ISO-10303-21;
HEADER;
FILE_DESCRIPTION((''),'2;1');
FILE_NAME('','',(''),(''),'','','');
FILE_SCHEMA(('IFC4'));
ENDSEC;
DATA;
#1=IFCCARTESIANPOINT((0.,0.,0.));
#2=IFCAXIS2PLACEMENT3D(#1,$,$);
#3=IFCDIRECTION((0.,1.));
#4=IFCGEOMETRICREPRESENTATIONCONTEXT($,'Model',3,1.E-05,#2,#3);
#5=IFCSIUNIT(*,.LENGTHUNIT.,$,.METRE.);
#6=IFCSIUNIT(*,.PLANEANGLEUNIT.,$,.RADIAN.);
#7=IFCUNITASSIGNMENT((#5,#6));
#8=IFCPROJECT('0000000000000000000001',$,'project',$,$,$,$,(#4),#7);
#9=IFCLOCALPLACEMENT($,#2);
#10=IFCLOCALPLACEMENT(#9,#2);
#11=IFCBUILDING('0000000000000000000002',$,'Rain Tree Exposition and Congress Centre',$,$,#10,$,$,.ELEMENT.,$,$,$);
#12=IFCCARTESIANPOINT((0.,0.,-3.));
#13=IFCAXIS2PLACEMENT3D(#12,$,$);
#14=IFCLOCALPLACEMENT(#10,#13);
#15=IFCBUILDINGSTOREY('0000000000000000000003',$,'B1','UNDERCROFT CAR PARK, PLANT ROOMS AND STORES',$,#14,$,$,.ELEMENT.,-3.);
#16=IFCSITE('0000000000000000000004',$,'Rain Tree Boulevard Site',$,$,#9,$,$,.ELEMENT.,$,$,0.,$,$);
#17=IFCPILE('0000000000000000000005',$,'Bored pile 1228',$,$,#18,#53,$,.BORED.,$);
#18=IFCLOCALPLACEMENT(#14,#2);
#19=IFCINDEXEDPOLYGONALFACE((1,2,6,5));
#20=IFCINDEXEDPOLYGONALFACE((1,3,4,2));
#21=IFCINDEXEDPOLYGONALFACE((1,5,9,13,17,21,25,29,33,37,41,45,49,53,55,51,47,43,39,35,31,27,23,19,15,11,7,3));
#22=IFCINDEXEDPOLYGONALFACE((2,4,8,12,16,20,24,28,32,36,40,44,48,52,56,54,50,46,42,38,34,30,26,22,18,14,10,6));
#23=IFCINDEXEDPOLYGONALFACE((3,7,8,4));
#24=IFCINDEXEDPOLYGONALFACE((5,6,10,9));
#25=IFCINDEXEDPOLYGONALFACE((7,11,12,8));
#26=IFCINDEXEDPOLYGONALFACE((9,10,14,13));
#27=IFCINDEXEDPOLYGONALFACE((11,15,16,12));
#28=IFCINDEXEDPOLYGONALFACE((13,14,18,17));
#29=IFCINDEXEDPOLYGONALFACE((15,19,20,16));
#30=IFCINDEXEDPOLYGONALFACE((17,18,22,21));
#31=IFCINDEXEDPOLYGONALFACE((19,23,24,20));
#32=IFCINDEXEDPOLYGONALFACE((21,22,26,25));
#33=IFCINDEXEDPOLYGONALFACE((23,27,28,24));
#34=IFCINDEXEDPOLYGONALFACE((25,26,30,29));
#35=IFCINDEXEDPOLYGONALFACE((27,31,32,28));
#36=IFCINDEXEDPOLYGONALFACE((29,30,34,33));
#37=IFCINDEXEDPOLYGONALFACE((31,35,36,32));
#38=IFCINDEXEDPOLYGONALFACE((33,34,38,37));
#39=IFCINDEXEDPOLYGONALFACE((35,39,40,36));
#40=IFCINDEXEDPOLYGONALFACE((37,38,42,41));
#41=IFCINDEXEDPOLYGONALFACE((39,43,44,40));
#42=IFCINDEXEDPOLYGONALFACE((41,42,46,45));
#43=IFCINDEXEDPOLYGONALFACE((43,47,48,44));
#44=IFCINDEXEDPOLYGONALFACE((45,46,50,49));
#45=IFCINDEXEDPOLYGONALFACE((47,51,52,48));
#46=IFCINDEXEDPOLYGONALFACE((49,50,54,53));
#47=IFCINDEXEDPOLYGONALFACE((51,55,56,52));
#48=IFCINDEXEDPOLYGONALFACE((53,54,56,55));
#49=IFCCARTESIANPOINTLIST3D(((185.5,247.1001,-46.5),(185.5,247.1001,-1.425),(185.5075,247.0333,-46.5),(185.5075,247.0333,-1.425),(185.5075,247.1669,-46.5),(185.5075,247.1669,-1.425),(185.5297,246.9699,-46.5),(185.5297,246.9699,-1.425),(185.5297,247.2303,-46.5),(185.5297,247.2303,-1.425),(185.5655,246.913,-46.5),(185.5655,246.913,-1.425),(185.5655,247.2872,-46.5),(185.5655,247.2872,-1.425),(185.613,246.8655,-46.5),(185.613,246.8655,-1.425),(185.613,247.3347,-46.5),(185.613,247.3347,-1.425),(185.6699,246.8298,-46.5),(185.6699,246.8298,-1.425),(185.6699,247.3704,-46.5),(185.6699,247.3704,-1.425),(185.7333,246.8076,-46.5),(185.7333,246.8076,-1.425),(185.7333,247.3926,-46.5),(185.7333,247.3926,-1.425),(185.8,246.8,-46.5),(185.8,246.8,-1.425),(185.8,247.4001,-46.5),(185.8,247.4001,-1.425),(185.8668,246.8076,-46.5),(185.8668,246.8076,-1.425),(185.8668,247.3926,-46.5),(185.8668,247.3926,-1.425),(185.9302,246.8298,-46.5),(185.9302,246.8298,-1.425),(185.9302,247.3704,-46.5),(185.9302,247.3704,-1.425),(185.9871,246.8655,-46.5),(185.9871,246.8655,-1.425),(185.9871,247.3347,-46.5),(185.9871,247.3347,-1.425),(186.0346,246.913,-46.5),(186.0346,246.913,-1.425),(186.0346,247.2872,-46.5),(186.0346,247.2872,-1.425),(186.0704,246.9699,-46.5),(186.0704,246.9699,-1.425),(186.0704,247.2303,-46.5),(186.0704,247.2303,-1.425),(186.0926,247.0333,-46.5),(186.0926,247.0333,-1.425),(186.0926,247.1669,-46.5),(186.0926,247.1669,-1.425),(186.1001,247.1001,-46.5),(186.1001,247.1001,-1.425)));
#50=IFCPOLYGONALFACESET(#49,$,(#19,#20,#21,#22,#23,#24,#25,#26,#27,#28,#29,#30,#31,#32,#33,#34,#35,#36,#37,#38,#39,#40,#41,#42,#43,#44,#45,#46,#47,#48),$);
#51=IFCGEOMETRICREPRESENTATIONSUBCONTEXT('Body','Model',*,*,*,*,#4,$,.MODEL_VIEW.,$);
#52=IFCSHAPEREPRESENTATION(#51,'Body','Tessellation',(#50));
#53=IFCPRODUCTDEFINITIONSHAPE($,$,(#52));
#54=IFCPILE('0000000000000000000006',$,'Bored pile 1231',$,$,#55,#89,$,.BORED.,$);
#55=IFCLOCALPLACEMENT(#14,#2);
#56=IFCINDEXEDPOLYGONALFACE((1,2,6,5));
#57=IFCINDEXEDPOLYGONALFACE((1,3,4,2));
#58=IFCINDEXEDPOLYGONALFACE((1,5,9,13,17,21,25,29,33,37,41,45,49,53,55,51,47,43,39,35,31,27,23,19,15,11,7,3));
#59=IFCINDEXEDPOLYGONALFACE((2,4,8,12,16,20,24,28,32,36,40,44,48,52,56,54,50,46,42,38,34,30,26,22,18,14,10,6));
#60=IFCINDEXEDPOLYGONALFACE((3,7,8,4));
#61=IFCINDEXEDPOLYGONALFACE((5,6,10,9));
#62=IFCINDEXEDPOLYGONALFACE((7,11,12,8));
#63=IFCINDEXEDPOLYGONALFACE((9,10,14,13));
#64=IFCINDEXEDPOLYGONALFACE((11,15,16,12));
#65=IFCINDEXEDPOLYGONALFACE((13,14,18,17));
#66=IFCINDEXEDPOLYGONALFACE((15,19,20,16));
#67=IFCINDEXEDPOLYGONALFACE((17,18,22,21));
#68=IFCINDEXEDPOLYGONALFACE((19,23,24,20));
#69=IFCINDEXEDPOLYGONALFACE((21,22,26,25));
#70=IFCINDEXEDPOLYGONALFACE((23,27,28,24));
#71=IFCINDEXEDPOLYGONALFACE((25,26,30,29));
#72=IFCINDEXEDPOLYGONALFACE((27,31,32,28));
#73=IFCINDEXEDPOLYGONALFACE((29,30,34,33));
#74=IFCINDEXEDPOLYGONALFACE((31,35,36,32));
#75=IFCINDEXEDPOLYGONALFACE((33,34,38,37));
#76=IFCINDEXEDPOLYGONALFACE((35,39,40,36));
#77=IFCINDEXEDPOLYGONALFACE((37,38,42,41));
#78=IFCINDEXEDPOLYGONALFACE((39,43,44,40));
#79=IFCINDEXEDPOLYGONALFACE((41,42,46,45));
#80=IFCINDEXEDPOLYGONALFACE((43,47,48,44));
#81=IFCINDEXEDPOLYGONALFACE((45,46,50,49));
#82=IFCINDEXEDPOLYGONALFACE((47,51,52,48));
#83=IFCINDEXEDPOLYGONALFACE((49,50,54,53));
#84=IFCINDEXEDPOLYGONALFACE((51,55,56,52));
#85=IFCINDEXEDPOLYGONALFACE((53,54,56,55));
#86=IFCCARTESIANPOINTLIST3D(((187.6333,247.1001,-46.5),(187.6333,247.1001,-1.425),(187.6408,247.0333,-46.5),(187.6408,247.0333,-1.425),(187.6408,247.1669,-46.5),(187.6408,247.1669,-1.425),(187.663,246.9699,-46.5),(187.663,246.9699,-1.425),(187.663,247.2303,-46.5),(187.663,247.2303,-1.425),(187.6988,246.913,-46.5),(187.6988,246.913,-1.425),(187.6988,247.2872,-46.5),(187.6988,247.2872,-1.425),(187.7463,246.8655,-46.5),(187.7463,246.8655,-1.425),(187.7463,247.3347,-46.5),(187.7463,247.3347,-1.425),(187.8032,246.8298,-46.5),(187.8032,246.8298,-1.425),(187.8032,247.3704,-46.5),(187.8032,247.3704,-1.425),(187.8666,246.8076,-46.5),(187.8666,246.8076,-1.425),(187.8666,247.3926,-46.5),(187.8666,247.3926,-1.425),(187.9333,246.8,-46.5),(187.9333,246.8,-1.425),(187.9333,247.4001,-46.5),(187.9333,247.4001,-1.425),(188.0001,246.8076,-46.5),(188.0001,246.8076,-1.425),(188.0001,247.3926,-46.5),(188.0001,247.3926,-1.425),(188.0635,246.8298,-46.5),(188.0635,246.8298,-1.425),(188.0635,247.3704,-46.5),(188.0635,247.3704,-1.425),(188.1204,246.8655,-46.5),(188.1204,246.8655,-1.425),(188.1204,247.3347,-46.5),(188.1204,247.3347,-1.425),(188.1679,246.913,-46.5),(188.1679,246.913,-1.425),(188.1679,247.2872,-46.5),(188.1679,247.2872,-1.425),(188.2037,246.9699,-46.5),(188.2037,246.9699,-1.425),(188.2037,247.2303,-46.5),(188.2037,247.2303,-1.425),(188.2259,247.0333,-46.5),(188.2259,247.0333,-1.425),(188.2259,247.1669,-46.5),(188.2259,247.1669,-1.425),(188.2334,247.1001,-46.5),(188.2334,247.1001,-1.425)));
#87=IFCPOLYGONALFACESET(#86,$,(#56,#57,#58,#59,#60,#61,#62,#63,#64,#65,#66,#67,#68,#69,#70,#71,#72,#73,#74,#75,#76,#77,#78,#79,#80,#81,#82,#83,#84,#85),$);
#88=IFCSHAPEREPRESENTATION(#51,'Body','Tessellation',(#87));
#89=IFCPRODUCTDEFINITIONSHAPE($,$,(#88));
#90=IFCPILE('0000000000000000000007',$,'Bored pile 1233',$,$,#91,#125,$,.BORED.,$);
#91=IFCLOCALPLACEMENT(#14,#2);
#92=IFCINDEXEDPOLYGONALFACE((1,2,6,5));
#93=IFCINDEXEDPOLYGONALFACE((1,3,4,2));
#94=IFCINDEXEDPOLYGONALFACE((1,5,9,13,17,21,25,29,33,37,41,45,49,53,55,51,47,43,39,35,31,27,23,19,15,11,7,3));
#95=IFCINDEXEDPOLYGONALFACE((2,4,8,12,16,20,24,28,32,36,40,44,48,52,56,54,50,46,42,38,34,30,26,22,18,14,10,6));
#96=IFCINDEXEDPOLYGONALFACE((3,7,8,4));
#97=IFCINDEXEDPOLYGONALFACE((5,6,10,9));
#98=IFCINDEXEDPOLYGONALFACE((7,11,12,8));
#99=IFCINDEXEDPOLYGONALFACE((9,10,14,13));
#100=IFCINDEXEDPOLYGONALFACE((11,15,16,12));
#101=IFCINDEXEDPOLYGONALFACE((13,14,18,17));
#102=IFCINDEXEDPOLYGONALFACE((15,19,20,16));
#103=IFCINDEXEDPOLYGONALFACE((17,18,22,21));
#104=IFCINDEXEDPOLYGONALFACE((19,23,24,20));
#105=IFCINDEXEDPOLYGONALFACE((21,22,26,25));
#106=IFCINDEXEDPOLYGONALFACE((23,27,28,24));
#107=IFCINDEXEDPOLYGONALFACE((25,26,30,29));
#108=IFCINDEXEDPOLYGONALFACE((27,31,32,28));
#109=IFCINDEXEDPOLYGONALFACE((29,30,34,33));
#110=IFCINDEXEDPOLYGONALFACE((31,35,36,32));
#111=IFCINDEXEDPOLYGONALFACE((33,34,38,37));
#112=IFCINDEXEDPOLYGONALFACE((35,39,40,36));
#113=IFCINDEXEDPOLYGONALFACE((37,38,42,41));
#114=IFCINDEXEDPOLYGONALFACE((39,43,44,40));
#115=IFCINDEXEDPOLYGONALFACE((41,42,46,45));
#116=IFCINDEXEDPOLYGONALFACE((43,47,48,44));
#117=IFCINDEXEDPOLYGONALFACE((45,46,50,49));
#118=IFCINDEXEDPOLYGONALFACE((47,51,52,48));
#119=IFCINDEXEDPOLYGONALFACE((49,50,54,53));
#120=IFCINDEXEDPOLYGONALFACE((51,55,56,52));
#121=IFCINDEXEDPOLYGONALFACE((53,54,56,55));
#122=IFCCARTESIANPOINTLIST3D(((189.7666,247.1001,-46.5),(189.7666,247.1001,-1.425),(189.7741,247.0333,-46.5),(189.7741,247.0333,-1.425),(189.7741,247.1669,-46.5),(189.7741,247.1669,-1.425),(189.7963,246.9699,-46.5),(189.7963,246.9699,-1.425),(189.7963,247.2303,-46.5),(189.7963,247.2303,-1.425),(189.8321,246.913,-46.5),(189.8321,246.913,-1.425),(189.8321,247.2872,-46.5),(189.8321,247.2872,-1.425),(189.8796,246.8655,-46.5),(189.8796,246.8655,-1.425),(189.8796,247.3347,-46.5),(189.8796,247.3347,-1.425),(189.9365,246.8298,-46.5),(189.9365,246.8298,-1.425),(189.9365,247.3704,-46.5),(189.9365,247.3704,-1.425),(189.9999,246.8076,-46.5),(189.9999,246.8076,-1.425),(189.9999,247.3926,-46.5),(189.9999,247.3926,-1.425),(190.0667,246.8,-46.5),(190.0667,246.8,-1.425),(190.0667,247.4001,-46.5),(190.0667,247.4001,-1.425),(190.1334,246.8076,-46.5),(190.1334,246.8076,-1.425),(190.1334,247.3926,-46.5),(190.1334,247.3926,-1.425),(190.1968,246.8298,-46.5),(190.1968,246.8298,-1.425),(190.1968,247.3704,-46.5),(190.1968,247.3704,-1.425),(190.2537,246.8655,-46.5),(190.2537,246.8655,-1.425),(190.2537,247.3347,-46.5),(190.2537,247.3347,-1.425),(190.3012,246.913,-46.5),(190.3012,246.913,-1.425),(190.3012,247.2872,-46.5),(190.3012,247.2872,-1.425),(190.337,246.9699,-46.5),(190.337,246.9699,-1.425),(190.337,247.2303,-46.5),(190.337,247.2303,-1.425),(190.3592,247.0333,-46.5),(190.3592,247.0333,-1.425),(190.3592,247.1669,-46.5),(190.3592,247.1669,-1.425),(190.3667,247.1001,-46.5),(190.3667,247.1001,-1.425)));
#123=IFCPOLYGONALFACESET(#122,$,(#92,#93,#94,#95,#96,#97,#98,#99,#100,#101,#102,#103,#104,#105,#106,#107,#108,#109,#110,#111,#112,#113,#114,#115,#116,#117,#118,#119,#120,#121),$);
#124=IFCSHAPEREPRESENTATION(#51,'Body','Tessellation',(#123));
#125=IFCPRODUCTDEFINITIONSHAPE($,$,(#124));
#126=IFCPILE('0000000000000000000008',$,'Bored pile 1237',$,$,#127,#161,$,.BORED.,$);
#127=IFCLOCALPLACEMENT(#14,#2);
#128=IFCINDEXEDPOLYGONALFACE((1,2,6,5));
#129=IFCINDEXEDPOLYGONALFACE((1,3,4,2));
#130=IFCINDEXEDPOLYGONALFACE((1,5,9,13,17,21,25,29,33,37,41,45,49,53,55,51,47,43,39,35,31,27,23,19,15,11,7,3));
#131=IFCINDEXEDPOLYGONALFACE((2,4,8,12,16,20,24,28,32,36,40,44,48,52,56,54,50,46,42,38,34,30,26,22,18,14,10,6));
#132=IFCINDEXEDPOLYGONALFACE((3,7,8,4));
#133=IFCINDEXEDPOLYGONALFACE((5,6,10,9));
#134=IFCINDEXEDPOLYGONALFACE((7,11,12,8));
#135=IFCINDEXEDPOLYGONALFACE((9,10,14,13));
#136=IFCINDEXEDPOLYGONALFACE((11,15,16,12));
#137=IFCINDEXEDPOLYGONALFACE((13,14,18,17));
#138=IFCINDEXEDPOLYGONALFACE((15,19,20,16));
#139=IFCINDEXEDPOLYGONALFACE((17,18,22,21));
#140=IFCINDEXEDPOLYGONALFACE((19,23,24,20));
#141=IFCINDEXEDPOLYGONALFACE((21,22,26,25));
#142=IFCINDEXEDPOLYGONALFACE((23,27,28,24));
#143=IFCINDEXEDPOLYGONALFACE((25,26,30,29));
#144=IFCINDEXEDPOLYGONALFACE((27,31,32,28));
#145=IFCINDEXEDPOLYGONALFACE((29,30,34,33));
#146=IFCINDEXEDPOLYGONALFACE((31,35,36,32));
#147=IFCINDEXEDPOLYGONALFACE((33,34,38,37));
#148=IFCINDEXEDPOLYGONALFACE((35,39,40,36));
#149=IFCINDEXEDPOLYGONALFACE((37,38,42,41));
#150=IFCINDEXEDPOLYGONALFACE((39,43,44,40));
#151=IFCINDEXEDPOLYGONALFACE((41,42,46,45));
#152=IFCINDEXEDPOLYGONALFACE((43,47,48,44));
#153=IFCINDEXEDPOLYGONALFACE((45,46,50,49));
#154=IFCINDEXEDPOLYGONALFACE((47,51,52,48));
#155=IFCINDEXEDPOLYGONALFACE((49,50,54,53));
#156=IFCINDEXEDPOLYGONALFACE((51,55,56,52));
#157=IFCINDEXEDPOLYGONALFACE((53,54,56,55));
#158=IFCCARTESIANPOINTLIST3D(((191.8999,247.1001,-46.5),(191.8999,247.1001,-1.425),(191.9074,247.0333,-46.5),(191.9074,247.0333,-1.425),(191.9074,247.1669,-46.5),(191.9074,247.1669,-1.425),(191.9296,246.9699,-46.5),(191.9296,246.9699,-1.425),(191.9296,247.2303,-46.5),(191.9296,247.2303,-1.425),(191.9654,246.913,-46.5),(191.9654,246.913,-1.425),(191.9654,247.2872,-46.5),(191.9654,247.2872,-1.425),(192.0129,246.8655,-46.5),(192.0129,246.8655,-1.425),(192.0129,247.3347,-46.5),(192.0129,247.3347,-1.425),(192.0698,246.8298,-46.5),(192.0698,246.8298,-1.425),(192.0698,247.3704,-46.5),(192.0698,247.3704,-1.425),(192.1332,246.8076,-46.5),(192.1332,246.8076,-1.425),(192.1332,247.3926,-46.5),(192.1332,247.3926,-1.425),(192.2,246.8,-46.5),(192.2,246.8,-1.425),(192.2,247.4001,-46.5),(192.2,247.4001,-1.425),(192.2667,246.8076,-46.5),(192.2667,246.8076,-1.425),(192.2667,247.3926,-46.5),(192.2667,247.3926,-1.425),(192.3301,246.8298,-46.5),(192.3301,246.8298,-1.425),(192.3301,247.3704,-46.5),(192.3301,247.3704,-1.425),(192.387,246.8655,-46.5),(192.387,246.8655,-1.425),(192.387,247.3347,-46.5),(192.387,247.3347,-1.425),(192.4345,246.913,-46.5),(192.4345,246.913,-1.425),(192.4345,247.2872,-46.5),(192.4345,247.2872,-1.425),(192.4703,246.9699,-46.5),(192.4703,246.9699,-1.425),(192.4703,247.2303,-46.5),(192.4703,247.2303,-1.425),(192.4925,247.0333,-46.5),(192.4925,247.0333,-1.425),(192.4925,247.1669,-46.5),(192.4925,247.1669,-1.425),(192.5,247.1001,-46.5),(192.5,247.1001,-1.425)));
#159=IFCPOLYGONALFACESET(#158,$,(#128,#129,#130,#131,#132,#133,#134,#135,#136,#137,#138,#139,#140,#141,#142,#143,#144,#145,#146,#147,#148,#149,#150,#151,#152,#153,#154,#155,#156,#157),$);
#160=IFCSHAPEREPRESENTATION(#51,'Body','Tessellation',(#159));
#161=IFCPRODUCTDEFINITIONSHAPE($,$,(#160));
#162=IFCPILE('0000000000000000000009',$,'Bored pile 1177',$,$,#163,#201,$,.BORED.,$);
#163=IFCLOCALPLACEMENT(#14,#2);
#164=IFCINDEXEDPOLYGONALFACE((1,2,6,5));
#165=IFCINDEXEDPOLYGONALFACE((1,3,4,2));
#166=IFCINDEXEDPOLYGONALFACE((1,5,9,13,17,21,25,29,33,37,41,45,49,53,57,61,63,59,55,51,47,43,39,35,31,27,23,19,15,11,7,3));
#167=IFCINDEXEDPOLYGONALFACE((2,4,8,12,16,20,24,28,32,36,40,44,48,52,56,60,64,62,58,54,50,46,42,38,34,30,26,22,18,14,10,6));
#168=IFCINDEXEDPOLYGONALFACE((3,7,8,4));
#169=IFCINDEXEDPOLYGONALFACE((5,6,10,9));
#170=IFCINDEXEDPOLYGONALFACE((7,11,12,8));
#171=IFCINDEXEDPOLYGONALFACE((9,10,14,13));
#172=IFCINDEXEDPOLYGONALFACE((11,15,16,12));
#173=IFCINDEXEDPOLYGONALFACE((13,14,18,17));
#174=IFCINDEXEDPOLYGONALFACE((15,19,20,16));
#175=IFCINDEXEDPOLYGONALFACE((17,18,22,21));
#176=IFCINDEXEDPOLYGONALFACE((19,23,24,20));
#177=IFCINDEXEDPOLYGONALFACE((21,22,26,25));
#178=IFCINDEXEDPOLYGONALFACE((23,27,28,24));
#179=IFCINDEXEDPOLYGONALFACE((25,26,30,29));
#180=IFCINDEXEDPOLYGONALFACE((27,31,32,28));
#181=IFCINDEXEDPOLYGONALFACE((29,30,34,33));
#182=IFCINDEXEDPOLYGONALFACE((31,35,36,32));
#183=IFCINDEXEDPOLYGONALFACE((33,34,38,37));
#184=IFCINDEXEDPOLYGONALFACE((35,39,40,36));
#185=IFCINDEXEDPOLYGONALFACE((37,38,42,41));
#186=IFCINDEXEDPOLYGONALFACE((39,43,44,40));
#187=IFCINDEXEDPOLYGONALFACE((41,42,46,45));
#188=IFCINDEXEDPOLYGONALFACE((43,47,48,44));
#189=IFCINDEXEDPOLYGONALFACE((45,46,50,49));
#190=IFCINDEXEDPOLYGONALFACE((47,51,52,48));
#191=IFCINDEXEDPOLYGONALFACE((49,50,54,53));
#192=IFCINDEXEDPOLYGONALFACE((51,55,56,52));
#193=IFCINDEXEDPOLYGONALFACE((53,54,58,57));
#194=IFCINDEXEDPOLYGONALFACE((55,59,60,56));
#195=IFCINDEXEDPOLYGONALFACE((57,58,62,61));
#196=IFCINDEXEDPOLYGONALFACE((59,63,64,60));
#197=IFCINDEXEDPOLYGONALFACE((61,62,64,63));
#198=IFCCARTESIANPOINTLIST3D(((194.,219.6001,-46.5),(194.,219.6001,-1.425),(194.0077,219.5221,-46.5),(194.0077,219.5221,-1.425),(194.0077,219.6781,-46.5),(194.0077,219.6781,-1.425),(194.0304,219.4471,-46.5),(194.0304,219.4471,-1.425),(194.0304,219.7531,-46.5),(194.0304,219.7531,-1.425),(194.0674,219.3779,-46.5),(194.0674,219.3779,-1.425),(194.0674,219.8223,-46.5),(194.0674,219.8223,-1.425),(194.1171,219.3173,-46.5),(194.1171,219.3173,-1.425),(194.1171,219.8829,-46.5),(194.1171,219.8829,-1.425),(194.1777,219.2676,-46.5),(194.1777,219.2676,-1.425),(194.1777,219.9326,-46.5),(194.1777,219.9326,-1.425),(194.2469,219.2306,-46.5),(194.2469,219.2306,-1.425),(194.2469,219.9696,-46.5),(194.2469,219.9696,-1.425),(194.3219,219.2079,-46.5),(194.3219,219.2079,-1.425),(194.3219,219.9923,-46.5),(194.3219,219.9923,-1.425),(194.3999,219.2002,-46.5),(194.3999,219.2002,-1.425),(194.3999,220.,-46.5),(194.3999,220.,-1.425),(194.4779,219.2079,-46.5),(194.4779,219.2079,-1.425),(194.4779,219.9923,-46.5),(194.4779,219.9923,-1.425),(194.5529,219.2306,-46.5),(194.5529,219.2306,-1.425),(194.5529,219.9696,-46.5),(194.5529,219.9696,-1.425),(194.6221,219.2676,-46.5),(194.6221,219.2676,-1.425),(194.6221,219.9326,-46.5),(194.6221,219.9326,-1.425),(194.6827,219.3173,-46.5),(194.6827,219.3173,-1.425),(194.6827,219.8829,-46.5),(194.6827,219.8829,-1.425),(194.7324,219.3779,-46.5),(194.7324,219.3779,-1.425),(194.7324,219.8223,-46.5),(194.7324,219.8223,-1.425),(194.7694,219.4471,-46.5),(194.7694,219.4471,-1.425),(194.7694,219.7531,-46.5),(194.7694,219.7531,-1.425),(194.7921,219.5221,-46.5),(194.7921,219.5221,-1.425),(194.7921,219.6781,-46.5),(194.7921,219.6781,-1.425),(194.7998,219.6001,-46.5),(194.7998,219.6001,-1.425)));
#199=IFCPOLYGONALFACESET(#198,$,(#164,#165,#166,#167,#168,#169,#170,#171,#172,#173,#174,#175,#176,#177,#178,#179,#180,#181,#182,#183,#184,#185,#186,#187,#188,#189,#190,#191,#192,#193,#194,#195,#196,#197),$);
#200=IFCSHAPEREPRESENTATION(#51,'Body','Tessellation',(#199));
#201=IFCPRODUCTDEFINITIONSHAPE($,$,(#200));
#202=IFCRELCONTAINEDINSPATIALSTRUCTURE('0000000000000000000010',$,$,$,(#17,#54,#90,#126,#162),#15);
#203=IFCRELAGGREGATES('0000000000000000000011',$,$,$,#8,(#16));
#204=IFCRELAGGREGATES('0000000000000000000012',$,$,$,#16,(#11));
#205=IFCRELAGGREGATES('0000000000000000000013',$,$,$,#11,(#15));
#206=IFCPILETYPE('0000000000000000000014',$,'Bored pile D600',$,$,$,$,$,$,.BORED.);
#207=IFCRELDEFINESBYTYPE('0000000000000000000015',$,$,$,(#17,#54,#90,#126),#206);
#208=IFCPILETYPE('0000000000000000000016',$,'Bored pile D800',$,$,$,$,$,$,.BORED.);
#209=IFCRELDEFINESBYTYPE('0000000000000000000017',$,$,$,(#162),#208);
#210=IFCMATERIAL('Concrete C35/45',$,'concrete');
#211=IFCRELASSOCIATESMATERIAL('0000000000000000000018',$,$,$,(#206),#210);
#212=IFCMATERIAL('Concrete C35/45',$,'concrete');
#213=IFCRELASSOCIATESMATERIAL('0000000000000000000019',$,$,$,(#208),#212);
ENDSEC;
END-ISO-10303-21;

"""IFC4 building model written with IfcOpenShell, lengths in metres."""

from ifc_helpers import new_model, si_unit, direction, frame, origin, origin_2d, place, context, subcontext, project, spatial, circle, extrude, material, material_profile, profile_set, type_object, element, save


model = new_model("IFC4")

# Units and contexts
model_context = context("Model", 3, precision=1e-05, world=origin(), true_north=direction((0.0, 1.0)))
body_context = subcontext(model_context, "Body", "Model", "MODEL_VIEW")
ifc_project = project(units=[si_unit("LENGTHUNIT", "METRE"), si_unit("PLANEANGLEUNIT", "RADIAN")], contexts=[model_context])

# Site, building, storey
site_placement = place(None, origin())
site = spatial("IfcSite", under=ifc_project, at=site_placement, Name="Rain Tree Boulevard Site", CompositionType="ELEMENT", RefElevation=0.0)
building_placement = place(site_placement, origin())
building = spatial("IfcBuilding", under=site, at=building_placement, Name="Rain Tree Exposition and Congress Centre", CompositionType="ELEMENT")
storey_placement = place(building_placement, frame((0.0, 0.0, -3.0)))
storey = spatial("IfcBuildingStorey", under=building, at=storey_placement, Name="B1", Description="UNDERCROFT CAR PARK, PLANT ROOMS AND STORES", CompositionType="ELEMENT", Elevation=-3.0)

# Piles
ifc_material_1 = material(Name="Concrete C35/45", Category="concrete")
ifc_material_profile_1 = material_profile(ifc_material_1, circle(Radius=0.3, at=origin_2d()), Name="D600")
ifc_profile_set_1 = profile_set([ifc_material_profile_1], Name="Concrete C35/45")
pile_type_1 = type_object("IfcPileType", Name="Bored pile D600", PredefinedType="BORED", material=ifc_profile_set_1)
for number, where, z_axis, x_axis, name in (
    (1, (185.8, 247.1001, -1.425), (0.0, 0.0, -1.0), (1.0, 0.0, 0.0), "Bored pile 1228"),
    (2, (187.9333, 247.1001, -1.425), (0.0, 0.0, -1.0), (1.0, 0.0, 0.0), "Bored pile 1231"),
    (3, (190.0667, 247.1001, -1.425), (0.0, 0.0, -1.0), (1.0, 0.0, 0.0), "Bored pile 1233"),
    (4, (192.2, 247.1001, -1.425), (0.0, 0.0, -1.0), (1.0, 0.0, 0.0), "Bored pile 1237"),
):
    element("IfcPile", number, at=place(storey_placement, frame(where, z_axis=z_axis, x_axis=x_axis)), inside=storey, type_object=pile_type_1, Name=name, PredefinedType="BORED", context=body_context, shape_type="SweptSolid", body=[
        extrude(circle(Radius=0.3, at=origin_2d()), origin(), (0.0, 0.0, 1.0), 45.075),
    ])
ifc_material_2 = material(Name="Concrete C35/45", Category="concrete")
ifc_material_profile_2 = material_profile(ifc_material_2, circle(Radius=0.3999, at=origin_2d()), Name="D800")
ifc_profile_set_2 = profile_set([ifc_material_profile_2], Name="Concrete C35/45")
pile_type_2 = type_object("IfcPileType", Name="Bored pile D800", PredefinedType="BORED", material=ifc_profile_set_2)
for number, where, z_axis, x_axis, name in (
    (5, (194.3999, 219.6001, -1.425), (0.0, 0.0, -1.0), (1.0, 0.0, 0.0), "Bored pile 1177"),
):
    element("IfcPile", number, at=place(storey_placement, frame(where, z_axis=z_axis, x_axis=x_axis)), inside=storey, type_object=pile_type_2, Name=name, PredefinedType="BORED", context=body_context, shape_type="SweptSolid", body=[
        extrude(circle(Radius=0.3999, at=origin_2d()), origin(), (0.0, 0.0, 1.0), 45.075),
    ])

save(model, "model.ifc")
